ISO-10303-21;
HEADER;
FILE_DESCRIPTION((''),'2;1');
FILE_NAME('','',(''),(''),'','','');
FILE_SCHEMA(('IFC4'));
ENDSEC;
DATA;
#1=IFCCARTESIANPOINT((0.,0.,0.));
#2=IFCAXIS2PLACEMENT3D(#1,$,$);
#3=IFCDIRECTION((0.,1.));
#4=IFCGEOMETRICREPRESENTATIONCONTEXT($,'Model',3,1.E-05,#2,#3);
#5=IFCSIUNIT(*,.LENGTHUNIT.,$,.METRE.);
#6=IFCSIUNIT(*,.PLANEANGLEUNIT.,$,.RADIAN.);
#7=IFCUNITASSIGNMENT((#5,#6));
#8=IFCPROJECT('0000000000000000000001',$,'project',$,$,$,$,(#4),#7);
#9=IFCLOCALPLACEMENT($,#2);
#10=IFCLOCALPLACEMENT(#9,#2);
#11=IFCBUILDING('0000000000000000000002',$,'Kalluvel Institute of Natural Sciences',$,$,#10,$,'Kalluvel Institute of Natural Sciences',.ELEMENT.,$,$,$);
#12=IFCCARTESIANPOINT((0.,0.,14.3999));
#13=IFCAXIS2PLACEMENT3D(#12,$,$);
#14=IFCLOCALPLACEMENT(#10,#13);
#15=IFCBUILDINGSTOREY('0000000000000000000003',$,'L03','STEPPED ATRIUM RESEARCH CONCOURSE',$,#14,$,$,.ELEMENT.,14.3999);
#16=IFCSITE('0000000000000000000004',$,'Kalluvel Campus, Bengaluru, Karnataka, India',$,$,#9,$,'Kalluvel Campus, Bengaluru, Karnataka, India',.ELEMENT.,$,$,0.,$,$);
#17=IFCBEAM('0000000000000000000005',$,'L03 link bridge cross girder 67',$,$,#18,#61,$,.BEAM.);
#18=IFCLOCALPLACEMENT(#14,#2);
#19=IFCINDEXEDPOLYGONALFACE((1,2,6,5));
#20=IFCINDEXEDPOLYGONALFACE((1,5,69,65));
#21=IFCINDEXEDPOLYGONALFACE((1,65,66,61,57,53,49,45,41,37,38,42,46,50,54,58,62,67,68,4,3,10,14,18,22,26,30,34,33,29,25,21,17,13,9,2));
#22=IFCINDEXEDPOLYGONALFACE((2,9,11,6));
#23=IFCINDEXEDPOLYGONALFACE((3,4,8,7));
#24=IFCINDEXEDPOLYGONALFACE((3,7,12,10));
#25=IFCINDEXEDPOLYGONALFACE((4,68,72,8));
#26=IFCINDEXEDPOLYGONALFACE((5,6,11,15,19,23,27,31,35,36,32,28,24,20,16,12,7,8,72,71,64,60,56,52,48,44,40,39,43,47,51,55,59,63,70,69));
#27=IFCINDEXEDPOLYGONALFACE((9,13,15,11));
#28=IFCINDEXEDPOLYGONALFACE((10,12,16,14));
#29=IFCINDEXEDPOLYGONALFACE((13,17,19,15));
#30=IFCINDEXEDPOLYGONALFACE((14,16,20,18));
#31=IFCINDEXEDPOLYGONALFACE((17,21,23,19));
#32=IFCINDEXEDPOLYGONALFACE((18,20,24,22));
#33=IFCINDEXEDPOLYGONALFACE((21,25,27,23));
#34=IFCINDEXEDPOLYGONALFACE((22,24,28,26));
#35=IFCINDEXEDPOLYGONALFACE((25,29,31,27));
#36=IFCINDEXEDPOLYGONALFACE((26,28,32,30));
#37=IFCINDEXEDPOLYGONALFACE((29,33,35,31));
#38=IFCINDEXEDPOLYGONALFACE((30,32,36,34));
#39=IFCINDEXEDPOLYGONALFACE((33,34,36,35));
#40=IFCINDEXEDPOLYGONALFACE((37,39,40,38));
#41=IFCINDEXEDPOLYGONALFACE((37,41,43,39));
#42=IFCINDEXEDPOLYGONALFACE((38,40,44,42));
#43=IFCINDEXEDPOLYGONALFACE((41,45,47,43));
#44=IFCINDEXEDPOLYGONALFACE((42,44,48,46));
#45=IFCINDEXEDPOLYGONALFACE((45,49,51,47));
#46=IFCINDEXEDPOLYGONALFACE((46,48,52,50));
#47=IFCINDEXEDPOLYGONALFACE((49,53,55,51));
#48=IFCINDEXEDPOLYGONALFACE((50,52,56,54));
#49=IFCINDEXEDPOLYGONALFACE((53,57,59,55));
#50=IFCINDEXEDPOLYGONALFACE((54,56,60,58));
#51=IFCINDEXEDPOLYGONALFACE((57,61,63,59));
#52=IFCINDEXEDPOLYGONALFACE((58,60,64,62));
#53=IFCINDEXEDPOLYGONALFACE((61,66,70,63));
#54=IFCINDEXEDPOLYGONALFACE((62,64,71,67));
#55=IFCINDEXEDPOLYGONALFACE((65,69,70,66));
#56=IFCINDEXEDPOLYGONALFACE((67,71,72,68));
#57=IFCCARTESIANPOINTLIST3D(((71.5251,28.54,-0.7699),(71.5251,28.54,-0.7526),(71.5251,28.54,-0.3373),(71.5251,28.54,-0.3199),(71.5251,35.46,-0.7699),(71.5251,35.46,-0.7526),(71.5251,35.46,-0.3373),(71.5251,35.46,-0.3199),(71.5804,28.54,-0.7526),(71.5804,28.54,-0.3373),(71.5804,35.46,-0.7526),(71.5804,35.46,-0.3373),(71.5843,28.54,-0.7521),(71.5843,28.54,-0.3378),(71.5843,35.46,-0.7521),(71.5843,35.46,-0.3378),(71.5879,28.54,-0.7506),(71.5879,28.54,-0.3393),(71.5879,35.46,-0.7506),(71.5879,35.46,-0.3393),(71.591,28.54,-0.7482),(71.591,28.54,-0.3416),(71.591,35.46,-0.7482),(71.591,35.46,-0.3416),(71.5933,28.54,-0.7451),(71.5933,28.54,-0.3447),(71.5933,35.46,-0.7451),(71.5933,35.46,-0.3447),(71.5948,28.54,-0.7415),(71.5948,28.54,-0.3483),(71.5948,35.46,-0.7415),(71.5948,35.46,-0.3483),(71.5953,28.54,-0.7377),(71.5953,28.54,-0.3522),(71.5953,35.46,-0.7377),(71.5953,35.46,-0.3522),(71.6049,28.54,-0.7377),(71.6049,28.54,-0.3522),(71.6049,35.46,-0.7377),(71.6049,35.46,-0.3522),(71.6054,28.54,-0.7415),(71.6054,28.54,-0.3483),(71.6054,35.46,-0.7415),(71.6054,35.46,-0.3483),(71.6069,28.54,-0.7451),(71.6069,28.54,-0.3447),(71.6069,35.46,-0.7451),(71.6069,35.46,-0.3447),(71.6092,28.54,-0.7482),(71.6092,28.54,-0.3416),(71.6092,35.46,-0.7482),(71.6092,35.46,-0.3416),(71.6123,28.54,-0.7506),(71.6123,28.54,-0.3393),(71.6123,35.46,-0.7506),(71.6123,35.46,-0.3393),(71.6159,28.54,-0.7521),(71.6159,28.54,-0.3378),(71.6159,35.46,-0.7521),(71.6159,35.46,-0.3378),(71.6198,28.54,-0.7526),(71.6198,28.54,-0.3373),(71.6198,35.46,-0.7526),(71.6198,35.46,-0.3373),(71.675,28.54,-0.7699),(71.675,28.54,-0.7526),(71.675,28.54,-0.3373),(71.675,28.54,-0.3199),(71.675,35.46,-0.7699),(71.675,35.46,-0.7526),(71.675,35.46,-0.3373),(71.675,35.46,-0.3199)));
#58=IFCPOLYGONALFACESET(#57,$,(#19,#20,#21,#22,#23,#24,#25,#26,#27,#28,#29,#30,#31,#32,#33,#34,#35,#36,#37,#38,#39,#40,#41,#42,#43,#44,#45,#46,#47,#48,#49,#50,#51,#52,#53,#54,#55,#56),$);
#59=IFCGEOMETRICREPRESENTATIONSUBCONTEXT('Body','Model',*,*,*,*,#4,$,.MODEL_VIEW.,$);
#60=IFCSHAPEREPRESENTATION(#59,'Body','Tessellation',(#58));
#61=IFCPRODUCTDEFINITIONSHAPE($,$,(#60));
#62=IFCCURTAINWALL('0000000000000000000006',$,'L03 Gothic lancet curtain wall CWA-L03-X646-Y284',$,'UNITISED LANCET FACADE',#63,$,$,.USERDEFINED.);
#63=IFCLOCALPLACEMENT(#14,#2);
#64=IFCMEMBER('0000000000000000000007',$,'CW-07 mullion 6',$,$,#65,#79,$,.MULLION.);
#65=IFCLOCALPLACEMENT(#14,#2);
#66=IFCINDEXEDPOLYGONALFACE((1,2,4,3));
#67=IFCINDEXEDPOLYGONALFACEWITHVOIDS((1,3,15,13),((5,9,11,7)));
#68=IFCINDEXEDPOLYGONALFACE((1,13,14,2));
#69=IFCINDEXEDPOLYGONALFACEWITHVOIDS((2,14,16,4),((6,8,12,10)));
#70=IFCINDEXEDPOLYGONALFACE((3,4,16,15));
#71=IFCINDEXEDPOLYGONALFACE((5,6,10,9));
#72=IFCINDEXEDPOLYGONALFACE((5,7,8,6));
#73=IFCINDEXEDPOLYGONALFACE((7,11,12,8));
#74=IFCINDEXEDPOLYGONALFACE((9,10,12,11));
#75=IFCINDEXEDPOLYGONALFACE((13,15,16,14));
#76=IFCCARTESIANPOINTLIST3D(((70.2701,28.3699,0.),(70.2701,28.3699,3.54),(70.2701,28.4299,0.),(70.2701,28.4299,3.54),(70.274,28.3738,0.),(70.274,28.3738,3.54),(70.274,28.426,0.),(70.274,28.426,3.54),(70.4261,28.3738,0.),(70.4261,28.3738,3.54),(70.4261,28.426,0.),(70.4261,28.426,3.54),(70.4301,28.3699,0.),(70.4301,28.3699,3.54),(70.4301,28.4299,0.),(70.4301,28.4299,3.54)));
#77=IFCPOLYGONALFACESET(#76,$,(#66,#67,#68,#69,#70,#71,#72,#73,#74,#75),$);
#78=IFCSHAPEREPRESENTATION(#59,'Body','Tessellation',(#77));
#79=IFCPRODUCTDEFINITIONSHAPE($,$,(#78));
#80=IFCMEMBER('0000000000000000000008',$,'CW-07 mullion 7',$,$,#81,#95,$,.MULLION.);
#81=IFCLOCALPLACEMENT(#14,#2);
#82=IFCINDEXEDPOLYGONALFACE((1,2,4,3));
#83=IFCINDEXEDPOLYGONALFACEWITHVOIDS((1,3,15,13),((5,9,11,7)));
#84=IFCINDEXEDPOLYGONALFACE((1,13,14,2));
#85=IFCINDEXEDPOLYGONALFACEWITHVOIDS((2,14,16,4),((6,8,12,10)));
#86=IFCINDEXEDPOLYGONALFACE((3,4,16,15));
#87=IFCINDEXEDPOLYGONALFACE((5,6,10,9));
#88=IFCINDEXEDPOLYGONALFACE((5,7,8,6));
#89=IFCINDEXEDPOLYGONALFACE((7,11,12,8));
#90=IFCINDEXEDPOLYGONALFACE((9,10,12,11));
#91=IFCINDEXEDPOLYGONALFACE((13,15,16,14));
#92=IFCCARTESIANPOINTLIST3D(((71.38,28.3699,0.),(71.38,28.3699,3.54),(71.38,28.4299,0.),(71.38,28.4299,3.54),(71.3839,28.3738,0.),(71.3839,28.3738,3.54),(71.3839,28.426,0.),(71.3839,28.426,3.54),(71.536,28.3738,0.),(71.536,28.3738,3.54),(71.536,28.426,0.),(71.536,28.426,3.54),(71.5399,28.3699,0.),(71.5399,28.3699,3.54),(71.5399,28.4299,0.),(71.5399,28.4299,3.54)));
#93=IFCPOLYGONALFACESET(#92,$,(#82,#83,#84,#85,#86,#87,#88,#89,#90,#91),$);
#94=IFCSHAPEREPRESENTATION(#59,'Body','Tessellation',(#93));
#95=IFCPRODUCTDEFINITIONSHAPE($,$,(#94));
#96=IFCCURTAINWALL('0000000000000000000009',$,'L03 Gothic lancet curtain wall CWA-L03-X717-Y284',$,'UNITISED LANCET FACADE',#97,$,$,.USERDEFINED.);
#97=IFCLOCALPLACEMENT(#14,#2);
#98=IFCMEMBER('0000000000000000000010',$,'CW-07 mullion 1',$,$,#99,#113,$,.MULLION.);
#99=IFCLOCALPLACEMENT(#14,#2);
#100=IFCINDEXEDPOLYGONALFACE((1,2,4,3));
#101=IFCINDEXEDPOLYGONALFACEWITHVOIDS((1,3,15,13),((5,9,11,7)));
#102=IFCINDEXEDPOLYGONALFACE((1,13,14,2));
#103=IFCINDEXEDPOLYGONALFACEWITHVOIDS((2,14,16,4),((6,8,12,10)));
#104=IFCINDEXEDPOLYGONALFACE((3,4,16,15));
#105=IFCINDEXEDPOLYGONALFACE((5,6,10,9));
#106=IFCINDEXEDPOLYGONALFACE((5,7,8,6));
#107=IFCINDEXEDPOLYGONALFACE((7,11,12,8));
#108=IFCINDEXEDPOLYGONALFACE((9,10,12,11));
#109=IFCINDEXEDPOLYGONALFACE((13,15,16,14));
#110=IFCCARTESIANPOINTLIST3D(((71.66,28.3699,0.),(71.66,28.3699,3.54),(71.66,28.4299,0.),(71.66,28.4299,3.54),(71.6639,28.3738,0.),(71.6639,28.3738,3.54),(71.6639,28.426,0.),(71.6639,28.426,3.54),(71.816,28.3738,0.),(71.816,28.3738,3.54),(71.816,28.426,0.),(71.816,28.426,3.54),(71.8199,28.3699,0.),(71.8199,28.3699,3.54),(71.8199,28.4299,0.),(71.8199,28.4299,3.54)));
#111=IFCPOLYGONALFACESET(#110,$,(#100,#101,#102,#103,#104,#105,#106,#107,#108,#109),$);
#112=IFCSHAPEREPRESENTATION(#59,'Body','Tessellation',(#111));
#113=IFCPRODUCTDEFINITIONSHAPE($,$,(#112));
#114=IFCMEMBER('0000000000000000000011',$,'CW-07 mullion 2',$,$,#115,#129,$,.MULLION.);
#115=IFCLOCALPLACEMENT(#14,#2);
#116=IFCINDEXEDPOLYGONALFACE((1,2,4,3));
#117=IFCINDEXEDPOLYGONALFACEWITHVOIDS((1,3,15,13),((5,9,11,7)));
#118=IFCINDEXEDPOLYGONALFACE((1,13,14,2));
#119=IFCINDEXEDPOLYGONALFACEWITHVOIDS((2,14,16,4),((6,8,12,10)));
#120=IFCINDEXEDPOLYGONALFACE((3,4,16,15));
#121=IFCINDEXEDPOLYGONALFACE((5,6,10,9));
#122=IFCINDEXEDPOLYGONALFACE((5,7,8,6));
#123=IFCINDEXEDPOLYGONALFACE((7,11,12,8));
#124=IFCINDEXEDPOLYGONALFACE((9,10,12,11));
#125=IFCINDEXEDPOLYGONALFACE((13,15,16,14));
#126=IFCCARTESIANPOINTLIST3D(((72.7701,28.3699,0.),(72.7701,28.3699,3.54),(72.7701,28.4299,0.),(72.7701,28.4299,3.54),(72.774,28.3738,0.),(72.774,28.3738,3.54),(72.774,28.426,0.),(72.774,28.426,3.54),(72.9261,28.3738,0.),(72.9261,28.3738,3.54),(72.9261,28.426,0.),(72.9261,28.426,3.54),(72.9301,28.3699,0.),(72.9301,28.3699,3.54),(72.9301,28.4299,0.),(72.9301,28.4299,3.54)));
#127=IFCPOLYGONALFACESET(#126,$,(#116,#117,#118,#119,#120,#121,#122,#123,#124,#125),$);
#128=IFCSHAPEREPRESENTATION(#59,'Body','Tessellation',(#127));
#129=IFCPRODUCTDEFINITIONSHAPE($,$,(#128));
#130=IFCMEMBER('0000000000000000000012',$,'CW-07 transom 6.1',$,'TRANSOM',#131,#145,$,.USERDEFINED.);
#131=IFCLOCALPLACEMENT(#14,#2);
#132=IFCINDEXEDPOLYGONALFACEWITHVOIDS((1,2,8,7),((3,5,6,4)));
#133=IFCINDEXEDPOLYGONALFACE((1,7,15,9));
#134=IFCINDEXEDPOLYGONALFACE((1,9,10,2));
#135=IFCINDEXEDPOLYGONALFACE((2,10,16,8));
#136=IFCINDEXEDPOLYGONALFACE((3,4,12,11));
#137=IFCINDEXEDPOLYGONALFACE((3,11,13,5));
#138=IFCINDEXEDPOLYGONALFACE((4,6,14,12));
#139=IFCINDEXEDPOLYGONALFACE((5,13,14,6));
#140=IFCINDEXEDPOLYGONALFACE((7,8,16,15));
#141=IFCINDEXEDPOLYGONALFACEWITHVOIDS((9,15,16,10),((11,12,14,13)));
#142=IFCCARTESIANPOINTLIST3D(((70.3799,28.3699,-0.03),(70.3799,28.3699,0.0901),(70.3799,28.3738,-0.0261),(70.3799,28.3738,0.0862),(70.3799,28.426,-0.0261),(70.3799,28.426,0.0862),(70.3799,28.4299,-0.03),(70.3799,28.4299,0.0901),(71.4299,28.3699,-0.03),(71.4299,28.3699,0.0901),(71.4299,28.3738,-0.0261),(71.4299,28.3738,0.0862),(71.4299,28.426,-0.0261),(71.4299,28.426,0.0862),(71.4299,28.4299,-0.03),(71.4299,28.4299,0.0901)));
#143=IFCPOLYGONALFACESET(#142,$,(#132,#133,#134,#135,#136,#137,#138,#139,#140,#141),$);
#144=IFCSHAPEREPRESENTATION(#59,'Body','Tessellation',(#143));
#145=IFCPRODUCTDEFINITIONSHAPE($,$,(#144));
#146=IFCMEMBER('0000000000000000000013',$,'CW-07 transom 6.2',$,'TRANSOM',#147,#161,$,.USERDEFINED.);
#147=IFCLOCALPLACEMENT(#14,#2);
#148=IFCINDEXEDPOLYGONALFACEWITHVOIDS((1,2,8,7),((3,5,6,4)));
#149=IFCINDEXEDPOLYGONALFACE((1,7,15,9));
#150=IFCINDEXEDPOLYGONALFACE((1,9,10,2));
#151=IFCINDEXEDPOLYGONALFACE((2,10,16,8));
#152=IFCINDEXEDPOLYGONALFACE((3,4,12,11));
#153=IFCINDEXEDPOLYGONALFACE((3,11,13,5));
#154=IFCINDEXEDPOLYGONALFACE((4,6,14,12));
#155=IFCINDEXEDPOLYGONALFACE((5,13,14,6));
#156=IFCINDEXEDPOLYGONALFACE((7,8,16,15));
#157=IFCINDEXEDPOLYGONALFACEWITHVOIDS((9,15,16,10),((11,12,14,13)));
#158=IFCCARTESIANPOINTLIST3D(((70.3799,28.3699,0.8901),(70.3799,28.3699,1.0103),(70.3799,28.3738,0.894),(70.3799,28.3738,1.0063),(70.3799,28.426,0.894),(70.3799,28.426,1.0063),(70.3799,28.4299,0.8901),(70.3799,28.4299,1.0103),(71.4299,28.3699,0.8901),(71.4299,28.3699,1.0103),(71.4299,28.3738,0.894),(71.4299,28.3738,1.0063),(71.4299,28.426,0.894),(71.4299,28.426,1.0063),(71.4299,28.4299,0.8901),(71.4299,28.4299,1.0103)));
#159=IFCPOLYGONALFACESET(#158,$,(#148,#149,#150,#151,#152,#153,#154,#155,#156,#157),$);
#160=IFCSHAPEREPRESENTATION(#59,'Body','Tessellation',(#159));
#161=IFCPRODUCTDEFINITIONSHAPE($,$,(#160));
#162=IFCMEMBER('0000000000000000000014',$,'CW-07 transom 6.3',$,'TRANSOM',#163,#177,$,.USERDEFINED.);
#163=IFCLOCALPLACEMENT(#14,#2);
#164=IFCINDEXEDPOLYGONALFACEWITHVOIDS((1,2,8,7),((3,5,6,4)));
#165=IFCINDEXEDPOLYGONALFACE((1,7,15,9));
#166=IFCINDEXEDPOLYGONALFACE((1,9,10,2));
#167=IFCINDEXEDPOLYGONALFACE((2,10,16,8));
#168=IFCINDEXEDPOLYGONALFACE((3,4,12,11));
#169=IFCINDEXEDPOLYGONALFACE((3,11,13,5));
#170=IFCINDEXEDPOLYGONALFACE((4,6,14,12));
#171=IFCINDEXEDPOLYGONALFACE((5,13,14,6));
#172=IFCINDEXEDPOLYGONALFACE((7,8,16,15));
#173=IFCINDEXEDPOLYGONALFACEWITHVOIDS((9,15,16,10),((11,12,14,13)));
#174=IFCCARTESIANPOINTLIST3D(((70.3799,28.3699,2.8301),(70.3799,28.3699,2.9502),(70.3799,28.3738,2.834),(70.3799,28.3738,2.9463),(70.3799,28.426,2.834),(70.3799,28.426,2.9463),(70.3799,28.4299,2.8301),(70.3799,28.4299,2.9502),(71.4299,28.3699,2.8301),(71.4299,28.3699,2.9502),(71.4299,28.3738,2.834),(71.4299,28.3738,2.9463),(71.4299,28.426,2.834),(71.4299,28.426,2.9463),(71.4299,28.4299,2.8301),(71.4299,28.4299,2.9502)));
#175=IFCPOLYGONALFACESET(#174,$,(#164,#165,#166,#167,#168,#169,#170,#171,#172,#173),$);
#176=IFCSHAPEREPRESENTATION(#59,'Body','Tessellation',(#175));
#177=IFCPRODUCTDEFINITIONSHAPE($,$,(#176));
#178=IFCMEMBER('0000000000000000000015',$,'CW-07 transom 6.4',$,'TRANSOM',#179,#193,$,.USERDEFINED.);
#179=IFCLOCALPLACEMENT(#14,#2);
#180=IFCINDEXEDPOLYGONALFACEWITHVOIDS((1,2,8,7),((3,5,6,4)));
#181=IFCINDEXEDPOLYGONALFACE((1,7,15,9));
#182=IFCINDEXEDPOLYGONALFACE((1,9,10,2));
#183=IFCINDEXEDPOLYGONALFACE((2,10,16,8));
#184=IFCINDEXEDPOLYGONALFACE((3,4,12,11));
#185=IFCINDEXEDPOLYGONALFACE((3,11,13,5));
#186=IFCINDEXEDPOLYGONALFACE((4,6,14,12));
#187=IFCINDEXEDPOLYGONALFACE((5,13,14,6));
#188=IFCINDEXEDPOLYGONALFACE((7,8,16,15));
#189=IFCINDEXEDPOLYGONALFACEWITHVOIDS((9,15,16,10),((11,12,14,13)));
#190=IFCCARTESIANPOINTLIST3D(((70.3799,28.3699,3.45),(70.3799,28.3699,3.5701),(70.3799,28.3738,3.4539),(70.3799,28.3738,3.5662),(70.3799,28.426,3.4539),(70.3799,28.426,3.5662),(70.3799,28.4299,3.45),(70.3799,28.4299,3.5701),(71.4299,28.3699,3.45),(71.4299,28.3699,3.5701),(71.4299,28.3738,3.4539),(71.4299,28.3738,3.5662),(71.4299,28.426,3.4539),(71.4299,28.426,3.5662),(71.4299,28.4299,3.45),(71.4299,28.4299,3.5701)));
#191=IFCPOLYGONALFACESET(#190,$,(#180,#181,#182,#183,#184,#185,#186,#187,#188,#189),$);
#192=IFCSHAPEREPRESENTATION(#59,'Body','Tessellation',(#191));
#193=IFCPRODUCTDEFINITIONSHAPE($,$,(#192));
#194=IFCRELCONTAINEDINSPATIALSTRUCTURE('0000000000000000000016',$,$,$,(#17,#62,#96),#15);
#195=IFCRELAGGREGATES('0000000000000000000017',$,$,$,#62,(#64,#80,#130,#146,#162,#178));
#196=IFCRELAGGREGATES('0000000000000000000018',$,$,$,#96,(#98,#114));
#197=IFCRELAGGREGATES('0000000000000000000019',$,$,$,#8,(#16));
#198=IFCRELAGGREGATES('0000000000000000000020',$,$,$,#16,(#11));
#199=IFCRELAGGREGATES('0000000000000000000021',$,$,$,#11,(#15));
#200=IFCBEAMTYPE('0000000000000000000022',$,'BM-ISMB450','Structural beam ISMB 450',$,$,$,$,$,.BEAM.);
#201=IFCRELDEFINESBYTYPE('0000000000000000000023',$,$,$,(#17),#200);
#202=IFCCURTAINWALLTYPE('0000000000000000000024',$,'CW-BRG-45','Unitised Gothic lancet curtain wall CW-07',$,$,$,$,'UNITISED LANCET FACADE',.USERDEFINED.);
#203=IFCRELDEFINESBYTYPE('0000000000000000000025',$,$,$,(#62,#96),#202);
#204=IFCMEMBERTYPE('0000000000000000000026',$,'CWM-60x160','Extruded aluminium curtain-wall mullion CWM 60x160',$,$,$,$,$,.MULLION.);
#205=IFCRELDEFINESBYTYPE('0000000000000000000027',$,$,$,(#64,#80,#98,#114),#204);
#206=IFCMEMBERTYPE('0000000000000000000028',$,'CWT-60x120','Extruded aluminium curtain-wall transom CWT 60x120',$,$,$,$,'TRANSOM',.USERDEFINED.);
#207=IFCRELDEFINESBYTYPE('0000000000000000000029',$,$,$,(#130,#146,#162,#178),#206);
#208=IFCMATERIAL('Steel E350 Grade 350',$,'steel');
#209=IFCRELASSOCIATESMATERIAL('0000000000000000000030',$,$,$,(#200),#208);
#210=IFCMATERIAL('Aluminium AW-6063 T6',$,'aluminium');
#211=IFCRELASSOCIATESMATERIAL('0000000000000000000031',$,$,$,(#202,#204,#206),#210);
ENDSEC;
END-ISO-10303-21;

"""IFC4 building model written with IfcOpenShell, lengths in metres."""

from ifc_helpers import new_model, si_unit, direction, frame, origin, origin_2d, place, context, subcontext, project, spatial, hollow_rectangle, i_section, extrude, material, material_profile, profile_set, type_object, element, aggregate, save


model = new_model("IFC4")

# Units and contexts
model_context = context("Model", 3, precision=1e-05, world=origin(), true_north=direction((0.0, 1.0)))
body_context = subcontext(model_context, "Body", "Model", "MODEL_VIEW")
ifc_project = project(units=[si_unit("LENGTHUNIT", "METRE"), si_unit("PLANEANGLEUNIT", "RADIAN")], contexts=[model_context])

# Site, building, storey
site_placement = place(None, origin())
site = spatial("IfcSite", under=ifc_project, at=site_placement, Name="Kalluvel Campus, Bengaluru, Karnataka, India", LongName="Kalluvel Campus, Bengaluru, Karnataka, India", CompositionType="ELEMENT", RefElevation=0.0)
building_placement = place(site_placement, origin())
building = spatial("IfcBuilding", under=site, at=building_placement, Name="Kalluvel Institute of Natural Sciences", LongName="Kalluvel Institute of Natural Sciences", CompositionType="ELEMENT")
storey_placement = place(building_placement, frame((0.0, 0.0, 14.3999)))
storey = spatial("IfcBuildingStorey", under=building, at=storey_placement, Name="L03", Description="STEPPED ATRIUM RESEARCH CONCOURSE", CompositionType="ELEMENT", Elevation=14.3999)

# Beam
ifc_material_1 = material(Name="Steel E350 Grade 350", Category="steel")
ifc_material_profile_1 = material_profile(ifc_material_1, i_section(OverallWidth=0.1499, OverallDepth=0.45, WebThickness=0.0095, FlangeThickness=0.0173, FilletRadius=0.0149, at=origin_2d()), Name="ISMB 450")
ifc_profile_set_1 = profile_set([ifc_material_profile_1], Name="Steel E350 Grade 350")
beam_type = type_object("IfcBeamType", Name="BM-ISMB450", Description="Structural beam ISMB 450", PredefinedType="BEAM", material=ifc_profile_set_1)
beam_placement = place(storey_placement, frame((71.6001, 28.54, -0.5449), z_axis=(0.0, 1.0, 0.0), x_axis=(-1.0, 0.0, 0.0)))
element("IfcBeam", 1, at=beam_placement, inside=storey, type_object=beam_type, Name="L03 link bridge cross girder 67", PredefinedType="BEAM", context=body_context, shape_type="SweptSolid", body=[
    extrude(i_section(OverallWidth=0.1499, OverallDepth=0.45, WebThickness=0.0095, FlangeThickness=0.0173, FilletRadius=0.0149, at=origin_2d()), origin(), (0.0, 0.0, 1.0), 6.9199),
])

# Curtain walls, members
ifc_material_2 = material(Name="Aluminium AW-6063 T6", Category="aluminium")
curtain_wall_type = type_object("IfcCurtainWallType", Name="CW-BRG-45", Description="Unitised Gothic lancet curtain wall CW-07", ElementType="UNITISED LANCET FACADE", PredefinedType="USERDEFINED", material=ifc_material_2)
curtain_wall_1_placement = place(storey_placement, origin())
curtain_wall_1 = element("IfcCurtainWall", 2, at=curtain_wall_1_placement, inside=storey, type_object=curtain_wall_type, Name="L03 Gothic lancet curtain wall CWA-L03-X646-Y284", ObjectType="UNITISED LANCET FACADE", PredefinedType="USERDEFINED")
ifc_material_profile_2 = material_profile(ifc_material_2, hollow_rectangle(XDim=0.0601, YDim=0.1599, WallThickness=0.0039, at=origin_2d()), Name="CWM 60x160")
ifc_profile_set_2 = profile_set([ifc_material_profile_2], Name="Aluminium AW-6063 T6")
member_type_1 = type_object("IfcMemberType", Name="CWM-60x160", Description="Extruded aluminium curtain-wall mullion CWM 60x160", PredefinedType="MULLION", material=ifc_profile_set_2)
member_1_placement = place(storey_placement, frame((70.3501, 28.3999, 0.0), z_axis=(0.0, 0.0, 1.0), x_axis=(0.0, 1.0, 0.0)))
member_1 = element("IfcMember", 3, at=member_1_placement, type_object=member_type_1, Name="CW-07 mullion 6", PredefinedType="MULLION", context=body_context, shape_type="SweptSolid", body=[
    extrude(hollow_rectangle(XDim=0.0601, YDim=0.1599, WallThickness=0.0039, at=origin_2d()), origin(), (0.0, 0.0, 1.0), 3.54),
])
member_2_placement = place(storey_placement, frame((71.46, 28.3999, 0.0), z_axis=(0.0, 0.0, 1.0), x_axis=(0.0, 1.0, 0.0)))
member_2 = element("IfcMember", 4, at=member_2_placement, type_object=member_type_1, Name="CW-07 mullion 7", PredefinedType="MULLION", context=body_context, shape_type="SweptSolid", body=[
    extrude(hollow_rectangle(XDim=0.0601, YDim=0.1599, WallThickness=0.0039, at=origin_2d()), origin(), (0.0, 0.0, 1.0), 3.54),
])
curtain_wall_2_placement = place(storey_placement, origin())
curtain_wall_2 = element("IfcCurtainWall", 5, at=curtain_wall_2_placement, inside=storey, type_object=curtain_wall_type, Name="L03 Gothic lancet curtain wall CWA-L03-X717-Y284", ObjectType="UNITISED LANCET FACADE", PredefinedType="USERDEFINED")
member_3_placement = place(storey_placement, frame((71.74, 28.3999, 0.0), z_axis=(0.0, 0.0, 1.0), x_axis=(0.0, 1.0, 0.0)))
member_3 = element("IfcMember", 6, at=member_3_placement, type_object=member_type_1, Name="CW-07 mullion 1", PredefinedType="MULLION", context=body_context, shape_type="SweptSolid", body=[
    extrude(hollow_rectangle(XDim=0.0601, YDim=0.1599, WallThickness=0.0039, at=origin_2d()), origin(), (0.0, 0.0, 1.0), 3.54),
])
member_4_placement = place(storey_placement, frame((72.8501, 28.3999, 0.0), z_axis=(0.0, 0.0, 1.0), x_axis=(0.0, 1.0, 0.0)))
member_4 = element("IfcMember", 7, at=member_4_placement, type_object=member_type_1, Name="CW-07 mullion 2", PredefinedType="MULLION", context=body_context, shape_type="SweptSolid", body=[
    extrude(hollow_rectangle(XDim=0.0601, YDim=0.1599, WallThickness=0.0039, at=origin_2d()), origin(), (0.0, 0.0, 1.0), 3.54),
])

# Members
ifc_material_profile_3 = material_profile(ifc_material_2, hollow_rectangle(XDim=0.0601, YDim=0.1201, WallThickness=0.0039, at=origin_2d()), Name="CWT 60x120")
ifc_profile_set_3 = profile_set([ifc_material_profile_3], Name="Aluminium AW-6063 T6")
member_type_2 = type_object("IfcMemberType", Name="CWT-60x120", Description="Extruded aluminium curtain-wall transom CWT 60x120", ElementType="TRANSOM", PredefinedType="USERDEFINED", material=ifc_profile_set_3)
member_5_placement = place(storey_placement, frame((70.3799, 28.3999, 0.03), z_axis=(1.0, 0.0, 0.0), x_axis=(0.0, 1.0, 0.0)))
member_5 = element("IfcMember", 8, at=member_5_placement, type_object=member_type_2, Name="CW-07 transom 6.1", ObjectType="TRANSOM", PredefinedType="USERDEFINED", context=body_context, shape_type="SweptSolid", body=[
    extrude(hollow_rectangle(XDim=0.0601, YDim=0.1201, WallThickness=0.0039, at=origin_2d()), origin(), (0.0, 0.0, 1.0), 1.05),
])
member_6_placement = place(storey_placement, frame((70.3799, 28.3999, 0.9502), z_axis=(1.0, 0.0, 0.0), x_axis=(0.0, 1.0, 0.0)))
member_6 = element("IfcMember", 9, at=member_6_placement, type_object=member_type_2, Name="CW-07 transom 6.2", ObjectType="TRANSOM", PredefinedType="USERDEFINED", context=body_context, shape_type="SweptSolid", body=[
    extrude(hollow_rectangle(XDim=0.0601, YDim=0.1201, WallThickness=0.0039, at=origin_2d()), origin(), (0.0, 0.0, 1.0), 1.05),
])
member_7_placement = place(storey_placement, frame((70.3799, 28.3999, 2.8901), z_axis=(1.0, 0.0, 0.0), x_axis=(0.0, 1.0, 0.0)))
member_7 = element("IfcMember", 10, at=member_7_placement, type_object=member_type_2, Name="CW-07 transom 6.3", ObjectType="TRANSOM", PredefinedType="USERDEFINED", context=body_context, shape_type="SweptSolid", body=[
    extrude(hollow_rectangle(XDim=0.0601, YDim=0.1201, WallThickness=0.0039, at=origin_2d()), origin(), (0.0, 0.0, 1.0), 1.05),
])
member_8_placement = place(storey_placement, frame((70.3799, 28.3999, 3.51), z_axis=(1.0, 0.0, 0.0), x_axis=(0.0, 1.0, 0.0)))
member_8 = element("IfcMember", 11, at=member_8_placement, type_object=member_type_2, Name="CW-07 transom 6.4", ObjectType="TRANSOM", PredefinedType="USERDEFINED", context=body_context, shape_type="SweptSolid", body=[
    extrude(hollow_rectangle(XDim=0.0601, YDim=0.1201, WallThickness=0.0039, at=origin_2d()), origin(), (0.0, 0.0, 1.0), 1.05),
])

aggregate(curtain_wall_1, [member_1, member_2, member_5, member_6, member_7, member_8])
aggregate(curtain_wall_2, [member_3, member_4])

save(model, "model.ifc")
